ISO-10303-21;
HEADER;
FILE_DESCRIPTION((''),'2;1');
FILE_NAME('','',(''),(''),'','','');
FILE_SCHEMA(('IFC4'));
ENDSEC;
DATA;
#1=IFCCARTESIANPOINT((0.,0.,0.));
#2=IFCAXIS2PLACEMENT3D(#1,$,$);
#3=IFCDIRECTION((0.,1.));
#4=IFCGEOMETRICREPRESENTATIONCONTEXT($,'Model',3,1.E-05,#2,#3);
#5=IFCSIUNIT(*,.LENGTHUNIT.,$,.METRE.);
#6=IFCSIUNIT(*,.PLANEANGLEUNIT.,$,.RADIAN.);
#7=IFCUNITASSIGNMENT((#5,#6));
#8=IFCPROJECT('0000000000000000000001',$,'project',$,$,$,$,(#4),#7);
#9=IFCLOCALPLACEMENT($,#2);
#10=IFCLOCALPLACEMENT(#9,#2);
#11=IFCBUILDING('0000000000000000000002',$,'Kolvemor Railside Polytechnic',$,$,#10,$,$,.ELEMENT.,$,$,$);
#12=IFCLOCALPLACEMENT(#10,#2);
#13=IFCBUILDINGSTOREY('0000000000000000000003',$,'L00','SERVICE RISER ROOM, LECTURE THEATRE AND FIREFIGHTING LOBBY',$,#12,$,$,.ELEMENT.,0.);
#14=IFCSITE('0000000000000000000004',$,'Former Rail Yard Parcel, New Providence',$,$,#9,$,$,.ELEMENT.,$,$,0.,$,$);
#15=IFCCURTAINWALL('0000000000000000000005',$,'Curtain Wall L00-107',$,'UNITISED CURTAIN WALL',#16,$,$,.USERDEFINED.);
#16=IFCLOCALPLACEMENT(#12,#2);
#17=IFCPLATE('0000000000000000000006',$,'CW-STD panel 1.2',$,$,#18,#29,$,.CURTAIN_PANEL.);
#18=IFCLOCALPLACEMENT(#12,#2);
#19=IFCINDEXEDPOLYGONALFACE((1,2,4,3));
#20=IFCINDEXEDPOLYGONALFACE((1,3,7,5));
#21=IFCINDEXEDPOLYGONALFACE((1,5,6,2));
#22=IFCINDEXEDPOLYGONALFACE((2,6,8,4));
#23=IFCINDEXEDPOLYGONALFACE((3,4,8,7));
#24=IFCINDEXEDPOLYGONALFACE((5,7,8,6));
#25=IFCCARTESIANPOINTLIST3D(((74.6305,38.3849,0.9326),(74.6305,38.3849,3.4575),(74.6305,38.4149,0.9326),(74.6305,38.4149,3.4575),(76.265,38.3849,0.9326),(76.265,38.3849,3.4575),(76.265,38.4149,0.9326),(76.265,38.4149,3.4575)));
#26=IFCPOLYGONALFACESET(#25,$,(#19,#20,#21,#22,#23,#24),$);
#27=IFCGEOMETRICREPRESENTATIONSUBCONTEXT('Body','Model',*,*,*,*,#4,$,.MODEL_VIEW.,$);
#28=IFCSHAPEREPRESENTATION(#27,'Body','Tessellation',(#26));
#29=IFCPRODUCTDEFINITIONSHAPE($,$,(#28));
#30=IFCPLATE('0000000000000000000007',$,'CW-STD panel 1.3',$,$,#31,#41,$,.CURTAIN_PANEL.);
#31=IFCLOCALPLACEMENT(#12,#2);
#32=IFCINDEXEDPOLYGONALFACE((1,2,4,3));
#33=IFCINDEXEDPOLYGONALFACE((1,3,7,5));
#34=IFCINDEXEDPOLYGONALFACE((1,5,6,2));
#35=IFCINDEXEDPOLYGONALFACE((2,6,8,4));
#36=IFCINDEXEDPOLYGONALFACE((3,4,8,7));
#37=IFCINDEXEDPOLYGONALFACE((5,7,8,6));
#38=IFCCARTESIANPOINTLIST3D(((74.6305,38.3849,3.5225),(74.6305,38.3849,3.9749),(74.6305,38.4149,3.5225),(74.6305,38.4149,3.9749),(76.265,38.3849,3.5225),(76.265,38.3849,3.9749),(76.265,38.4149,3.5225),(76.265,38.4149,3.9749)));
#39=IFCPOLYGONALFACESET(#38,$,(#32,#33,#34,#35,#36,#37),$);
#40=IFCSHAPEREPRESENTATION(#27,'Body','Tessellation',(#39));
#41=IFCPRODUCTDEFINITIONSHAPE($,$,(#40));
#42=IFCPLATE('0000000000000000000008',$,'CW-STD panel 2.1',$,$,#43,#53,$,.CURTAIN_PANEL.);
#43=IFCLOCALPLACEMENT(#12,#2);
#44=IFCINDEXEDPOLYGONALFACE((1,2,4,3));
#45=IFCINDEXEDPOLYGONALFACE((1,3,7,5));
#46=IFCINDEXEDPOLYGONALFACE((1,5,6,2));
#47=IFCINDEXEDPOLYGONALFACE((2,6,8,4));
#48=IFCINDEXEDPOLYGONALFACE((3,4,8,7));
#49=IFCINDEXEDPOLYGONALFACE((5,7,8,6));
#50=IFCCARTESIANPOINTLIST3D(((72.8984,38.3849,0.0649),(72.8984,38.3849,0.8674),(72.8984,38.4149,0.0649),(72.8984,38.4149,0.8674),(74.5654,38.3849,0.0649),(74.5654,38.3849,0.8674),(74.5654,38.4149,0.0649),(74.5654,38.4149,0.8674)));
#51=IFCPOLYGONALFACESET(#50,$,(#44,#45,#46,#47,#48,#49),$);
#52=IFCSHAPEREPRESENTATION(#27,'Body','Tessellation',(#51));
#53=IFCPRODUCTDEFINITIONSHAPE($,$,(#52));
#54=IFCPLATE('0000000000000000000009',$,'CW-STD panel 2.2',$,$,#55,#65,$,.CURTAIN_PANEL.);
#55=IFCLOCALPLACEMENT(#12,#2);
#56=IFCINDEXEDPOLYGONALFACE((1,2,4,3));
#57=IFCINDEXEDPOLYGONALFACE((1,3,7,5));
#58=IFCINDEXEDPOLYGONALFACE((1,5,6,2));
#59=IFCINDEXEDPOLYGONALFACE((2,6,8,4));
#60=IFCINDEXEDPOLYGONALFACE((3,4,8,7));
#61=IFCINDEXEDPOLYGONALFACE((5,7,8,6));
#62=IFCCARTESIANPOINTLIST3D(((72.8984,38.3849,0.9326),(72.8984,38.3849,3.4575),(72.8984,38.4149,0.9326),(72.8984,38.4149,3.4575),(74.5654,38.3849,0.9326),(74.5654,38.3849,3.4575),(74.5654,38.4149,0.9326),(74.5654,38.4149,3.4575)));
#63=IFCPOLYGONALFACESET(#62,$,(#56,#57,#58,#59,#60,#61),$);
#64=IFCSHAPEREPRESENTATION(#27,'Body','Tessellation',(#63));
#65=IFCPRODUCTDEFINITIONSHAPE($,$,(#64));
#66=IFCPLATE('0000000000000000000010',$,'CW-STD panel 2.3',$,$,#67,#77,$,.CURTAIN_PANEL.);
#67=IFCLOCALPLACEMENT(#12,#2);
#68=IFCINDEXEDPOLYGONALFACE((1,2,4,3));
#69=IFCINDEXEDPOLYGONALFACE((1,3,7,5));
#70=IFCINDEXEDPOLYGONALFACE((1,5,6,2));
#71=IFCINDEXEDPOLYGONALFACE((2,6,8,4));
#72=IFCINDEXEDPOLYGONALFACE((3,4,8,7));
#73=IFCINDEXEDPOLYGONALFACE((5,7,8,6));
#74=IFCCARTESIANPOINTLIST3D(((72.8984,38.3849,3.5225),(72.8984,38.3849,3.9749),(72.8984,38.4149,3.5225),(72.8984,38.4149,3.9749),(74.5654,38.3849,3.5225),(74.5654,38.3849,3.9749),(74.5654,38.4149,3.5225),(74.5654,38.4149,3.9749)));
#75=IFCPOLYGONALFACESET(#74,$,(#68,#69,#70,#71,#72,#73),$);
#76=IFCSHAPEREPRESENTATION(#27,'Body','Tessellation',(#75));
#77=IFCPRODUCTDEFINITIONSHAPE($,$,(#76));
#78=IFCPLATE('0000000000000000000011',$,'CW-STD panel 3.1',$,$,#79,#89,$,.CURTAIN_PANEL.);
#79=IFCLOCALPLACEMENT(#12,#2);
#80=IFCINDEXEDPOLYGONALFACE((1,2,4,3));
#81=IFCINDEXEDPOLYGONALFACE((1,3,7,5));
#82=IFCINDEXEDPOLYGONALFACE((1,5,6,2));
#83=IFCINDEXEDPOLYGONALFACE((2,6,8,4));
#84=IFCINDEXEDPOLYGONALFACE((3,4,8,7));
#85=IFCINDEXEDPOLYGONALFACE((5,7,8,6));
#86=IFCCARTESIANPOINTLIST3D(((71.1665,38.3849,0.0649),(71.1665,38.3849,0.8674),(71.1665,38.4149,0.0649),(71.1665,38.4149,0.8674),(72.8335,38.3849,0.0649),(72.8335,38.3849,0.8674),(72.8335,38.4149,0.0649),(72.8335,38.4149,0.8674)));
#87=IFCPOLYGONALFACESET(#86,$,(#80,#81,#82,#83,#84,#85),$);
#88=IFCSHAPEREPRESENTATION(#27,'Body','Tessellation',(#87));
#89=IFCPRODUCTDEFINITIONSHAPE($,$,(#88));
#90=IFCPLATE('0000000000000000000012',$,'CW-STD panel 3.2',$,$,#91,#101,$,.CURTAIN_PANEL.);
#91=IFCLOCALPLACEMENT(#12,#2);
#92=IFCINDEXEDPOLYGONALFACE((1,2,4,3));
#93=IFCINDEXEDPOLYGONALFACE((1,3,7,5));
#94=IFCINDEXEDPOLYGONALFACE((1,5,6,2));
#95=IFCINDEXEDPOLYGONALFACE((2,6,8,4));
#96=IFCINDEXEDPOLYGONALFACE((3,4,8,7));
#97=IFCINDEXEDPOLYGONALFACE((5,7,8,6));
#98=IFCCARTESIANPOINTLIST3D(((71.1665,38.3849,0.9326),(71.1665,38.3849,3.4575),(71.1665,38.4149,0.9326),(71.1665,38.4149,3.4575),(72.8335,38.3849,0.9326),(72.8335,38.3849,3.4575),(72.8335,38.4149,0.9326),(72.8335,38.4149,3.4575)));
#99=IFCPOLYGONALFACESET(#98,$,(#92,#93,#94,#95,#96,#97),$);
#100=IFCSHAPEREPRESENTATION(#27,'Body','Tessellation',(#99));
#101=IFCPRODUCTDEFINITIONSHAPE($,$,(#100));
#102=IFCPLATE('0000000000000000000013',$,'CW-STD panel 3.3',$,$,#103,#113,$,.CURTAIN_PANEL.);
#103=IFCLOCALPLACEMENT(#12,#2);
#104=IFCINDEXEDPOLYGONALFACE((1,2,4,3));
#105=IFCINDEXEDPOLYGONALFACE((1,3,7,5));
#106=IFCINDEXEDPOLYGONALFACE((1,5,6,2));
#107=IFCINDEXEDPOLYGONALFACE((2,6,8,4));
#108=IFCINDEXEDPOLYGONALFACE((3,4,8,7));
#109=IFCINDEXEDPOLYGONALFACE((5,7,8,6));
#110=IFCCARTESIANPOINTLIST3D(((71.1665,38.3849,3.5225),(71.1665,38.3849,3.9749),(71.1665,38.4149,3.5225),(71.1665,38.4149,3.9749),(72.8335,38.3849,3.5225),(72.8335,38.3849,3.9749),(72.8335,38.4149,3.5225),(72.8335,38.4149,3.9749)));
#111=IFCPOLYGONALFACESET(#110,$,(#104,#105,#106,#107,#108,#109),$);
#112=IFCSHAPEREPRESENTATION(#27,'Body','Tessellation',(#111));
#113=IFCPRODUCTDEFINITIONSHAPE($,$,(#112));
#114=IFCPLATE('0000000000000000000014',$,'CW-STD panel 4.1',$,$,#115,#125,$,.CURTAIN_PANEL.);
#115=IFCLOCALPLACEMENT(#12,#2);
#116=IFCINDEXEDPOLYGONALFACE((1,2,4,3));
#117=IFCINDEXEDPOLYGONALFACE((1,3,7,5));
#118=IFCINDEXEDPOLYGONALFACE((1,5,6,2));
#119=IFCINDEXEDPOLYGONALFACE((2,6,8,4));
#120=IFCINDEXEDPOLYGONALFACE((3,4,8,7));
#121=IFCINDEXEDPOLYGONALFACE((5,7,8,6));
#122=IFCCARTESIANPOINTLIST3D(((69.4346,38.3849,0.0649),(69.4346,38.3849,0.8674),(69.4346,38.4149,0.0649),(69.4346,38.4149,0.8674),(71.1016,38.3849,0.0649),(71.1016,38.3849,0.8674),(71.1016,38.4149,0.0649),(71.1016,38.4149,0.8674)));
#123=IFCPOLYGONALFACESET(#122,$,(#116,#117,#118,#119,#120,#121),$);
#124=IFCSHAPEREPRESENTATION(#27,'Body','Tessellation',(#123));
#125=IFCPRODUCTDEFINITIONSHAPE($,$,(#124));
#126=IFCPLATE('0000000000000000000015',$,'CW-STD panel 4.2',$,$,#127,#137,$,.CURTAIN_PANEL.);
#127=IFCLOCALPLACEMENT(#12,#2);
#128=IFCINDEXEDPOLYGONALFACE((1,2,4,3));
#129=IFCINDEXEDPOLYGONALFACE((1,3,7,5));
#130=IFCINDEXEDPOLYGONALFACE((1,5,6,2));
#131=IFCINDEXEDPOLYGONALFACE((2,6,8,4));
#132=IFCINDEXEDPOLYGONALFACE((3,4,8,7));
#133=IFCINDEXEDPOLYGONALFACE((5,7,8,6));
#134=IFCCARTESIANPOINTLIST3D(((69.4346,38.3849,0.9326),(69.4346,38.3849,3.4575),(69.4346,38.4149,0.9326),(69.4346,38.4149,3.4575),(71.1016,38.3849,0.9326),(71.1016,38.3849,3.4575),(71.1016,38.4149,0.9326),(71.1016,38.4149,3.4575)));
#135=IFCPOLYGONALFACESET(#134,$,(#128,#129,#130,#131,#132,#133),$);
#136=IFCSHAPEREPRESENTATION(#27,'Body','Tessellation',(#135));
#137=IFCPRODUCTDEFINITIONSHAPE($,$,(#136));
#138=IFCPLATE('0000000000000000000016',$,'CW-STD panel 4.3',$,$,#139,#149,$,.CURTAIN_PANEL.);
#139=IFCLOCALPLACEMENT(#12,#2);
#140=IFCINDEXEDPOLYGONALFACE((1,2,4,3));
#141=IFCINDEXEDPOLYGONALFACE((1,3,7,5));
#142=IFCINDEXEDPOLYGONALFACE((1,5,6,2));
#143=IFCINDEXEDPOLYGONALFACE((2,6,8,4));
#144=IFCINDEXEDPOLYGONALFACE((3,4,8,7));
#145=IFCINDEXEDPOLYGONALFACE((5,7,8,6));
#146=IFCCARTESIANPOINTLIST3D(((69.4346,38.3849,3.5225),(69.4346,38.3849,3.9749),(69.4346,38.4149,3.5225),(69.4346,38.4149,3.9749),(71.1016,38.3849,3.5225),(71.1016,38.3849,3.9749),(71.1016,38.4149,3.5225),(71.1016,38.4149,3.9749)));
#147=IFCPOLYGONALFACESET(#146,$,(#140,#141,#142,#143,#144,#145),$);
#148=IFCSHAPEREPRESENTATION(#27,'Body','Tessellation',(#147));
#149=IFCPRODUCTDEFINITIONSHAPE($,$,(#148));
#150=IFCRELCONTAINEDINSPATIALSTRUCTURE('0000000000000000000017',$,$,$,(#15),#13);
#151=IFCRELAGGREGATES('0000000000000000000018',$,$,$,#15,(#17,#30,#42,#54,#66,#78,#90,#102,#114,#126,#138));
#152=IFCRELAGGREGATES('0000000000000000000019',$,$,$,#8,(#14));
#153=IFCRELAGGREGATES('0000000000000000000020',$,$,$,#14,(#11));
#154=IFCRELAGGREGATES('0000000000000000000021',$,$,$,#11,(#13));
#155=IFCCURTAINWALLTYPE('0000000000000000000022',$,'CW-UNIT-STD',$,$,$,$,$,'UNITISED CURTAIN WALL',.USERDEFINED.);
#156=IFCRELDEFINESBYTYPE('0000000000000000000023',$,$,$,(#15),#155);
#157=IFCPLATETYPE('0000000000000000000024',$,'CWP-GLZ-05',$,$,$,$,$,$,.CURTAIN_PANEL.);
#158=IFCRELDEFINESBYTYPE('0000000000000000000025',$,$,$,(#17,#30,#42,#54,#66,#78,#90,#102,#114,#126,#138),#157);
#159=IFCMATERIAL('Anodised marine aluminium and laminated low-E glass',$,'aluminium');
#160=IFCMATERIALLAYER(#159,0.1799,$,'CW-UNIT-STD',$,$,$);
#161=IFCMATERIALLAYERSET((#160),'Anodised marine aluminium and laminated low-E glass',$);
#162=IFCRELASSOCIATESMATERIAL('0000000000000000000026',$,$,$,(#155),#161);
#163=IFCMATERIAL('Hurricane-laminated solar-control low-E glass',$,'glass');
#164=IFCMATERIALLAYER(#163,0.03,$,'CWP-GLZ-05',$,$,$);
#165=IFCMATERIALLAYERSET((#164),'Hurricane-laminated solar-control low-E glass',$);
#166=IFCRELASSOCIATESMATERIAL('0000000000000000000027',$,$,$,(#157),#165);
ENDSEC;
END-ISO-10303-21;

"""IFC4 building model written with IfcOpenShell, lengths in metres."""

from ifc_helpers import new_model, si_unit, direction, frame, origin, origin_2d, place, context, subcontext, project, spatial, rectangle, extrude, material, layer, layer_set, type_object, element, aggregate, save


model = new_model("IFC4")

# Units and contexts
model_context = context("Model", 3, precision=1e-05, world=origin(), true_north=direction((0.0, 1.0)))
body_context = subcontext(model_context, "Body", "Model", "MODEL_VIEW")
ifc_project = project(units=[si_unit("LENGTHUNIT", "METRE"), si_unit("PLANEANGLEUNIT", "RADIAN")], contexts=[model_context])

# Site, building, storey
site_placement = place(None, origin())
site = spatial("IfcSite", under=ifc_project, at=site_placement, Name="Former Rail Yard Parcel, New Providence", CompositionType="ELEMENT", RefElevation=0.0)
building_placement = place(site_placement, origin())
building = spatial("IfcBuilding", under=site, at=building_placement, Name="Kolvemor Railside Polytechnic", CompositionType="ELEMENT")
storey_placement = place(building_placement, origin())
storey = spatial("IfcBuildingStorey", under=building, at=storey_placement, Name="L00", Description="SERVICE RISER ROOM, LECTURE THEATRE AND FIREFIGHTING LOBBY", CompositionType="ELEMENT", Elevation=0.0)

# Curtain wall, plates
ifc_material_1 = material(Name="Anodised marine aluminium and laminated low-E glass", Category="aluminium")
ifc_layer_1 = layer(ifc_material_1, 0.1799, Name="CW-UNIT-STD")
ifc_layer_set_1 = layer_set([ifc_layer_1], Name="Anodised marine aluminium and laminated low-E glass")
curtain_wall_type = type_object("IfcCurtainWallType", Name="CW-UNIT-STD", ElementType="UNITISED CURTAIN WALL", PredefinedType="USERDEFINED", material=ifc_layer_set_1)
curtain_wall_placement = place(storey_placement, origin())
curtain_wall = element("IfcCurtainWall", 1, at=curtain_wall_placement, inside=storey, type_object=curtain_wall_type, Name="Curtain Wall L00-107", ObjectType="UNITISED CURTAIN WALL", PredefinedType="USERDEFINED")
ifc_material_2 = material(Name="Hurricane-laminated solar-control low-E glass", Category="glass")
ifc_layer_2 = layer(ifc_material_2, 0.03, Name="CWP-GLZ-05")
ifc_layer_set_2 = layer_set([ifc_layer_2], Name="Hurricane-laminated solar-control low-E glass")
plate_type = type_object("IfcPlateType", Name="CWP-GLZ-05", PredefinedType="CURTAIN_PANEL", material=ifc_layer_set_2)
plate_1_placement = place(storey_placement, frame((75.4478, 38.3999, 0.9326), z_axis=(0.0, 0.0, 1.0), x_axis=(-1.0, 0.0, 0.0)))
plate_1 = element("IfcPlate", 2, at=plate_1_placement, type_object=plate_type, Name="CW-STD panel 1.2", PredefinedType="CURTAIN_PANEL", context=body_context, shape_type="SweptSolid", body=[
    extrude(rectangle(XDim=1.6345, YDim=0.03, at=origin_2d()), origin(), (0.0, 0.0, 1.0), 2.5249),
])
plate_2_placement = place(storey_placement, frame((75.4478, 38.3999, 3.5225), z_axis=(0.0, 0.0, 1.0), x_axis=(-1.0, 0.0, 0.0)))
plate_2 = element("IfcPlate", 3, at=plate_2_placement, type_object=plate_type, Name="CW-STD panel 1.3", PredefinedType="CURTAIN_PANEL", context=body_context, shape_type="SweptSolid", body=[
    extrude(rectangle(XDim=1.6345, YDim=0.03, at=origin_2d()), origin(), (0.0, 0.0, 1.0), 0.4524),
])
plate_3_placement = place(storey_placement, frame((73.7319, 38.3999, 0.0649), z_axis=(0.0, 0.0, 1.0), x_axis=(-1.0, 0.0, 0.0)))
plate_3 = element("IfcPlate", 4, at=plate_3_placement, type_object=plate_type, Name="CW-STD panel 2.1", PredefinedType="CURTAIN_PANEL", context=body_context, shape_type="SweptSolid", body=[
    extrude(rectangle(XDim=1.667, YDim=0.03, at=origin_2d()), origin(), (0.0, 0.0, 1.0), 0.8025),
])
plate_4_placement = place(storey_placement, frame((73.7319, 38.3999, 0.9326), z_axis=(0.0, 0.0, 1.0), x_axis=(-1.0, 0.0, 0.0)))
plate_4 = element("IfcPlate", 5, at=plate_4_placement, type_object=plate_type, Name="CW-STD panel 2.2", PredefinedType="CURTAIN_PANEL", context=body_context, shape_type="SweptSolid", body=[
    extrude(rectangle(XDim=1.667, YDim=0.03, at=origin_2d()), origin(), (0.0, 0.0, 1.0), 2.5249),
])
plate_5_placement = place(storey_placement, frame((73.7319, 38.3999, 3.5225), z_axis=(0.0, 0.0, 1.0), x_axis=(-1.0, 0.0, 0.0)))
plate_5 = element("IfcPlate", 6, at=plate_5_placement, type_object=plate_type, Name="CW-STD panel 2.3", PredefinedType="CURTAIN_PANEL", context=body_context, shape_type="SweptSolid", body=[
    extrude(rectangle(XDim=1.667, YDim=0.03, at=origin_2d()), origin(), (0.0, 0.0, 1.0), 0.4524),
])
plate_6_placement = place(storey_placement, frame((72.0, 38.3999, 0.0649), z_axis=(0.0, 0.0, 1.0), x_axis=(-1.0, 0.0, 0.0)))
plate_6 = element("IfcPlate", 7, at=plate_6_placement, type_object=plate_type, Name="CW-STD panel 3.1", PredefinedType="CURTAIN_PANEL", context=body_context, shape_type="SweptSolid", body=[
    extrude(rectangle(XDim=1.667, YDim=0.03, at=origin_2d()), origin(), (0.0, 0.0, 1.0), 0.8025),
])
plate_7_placement = place(storey_placement, frame((72.0, 38.3999, 0.9326), z_axis=(0.0, 0.0, 1.0), x_axis=(-1.0, 0.0, 0.0)))
plate_7 = element("IfcPlate", 8, at=plate_7_placement, type_object=plate_type, Name="CW-STD panel 3.2", PredefinedType="CURTAIN_PANEL", context=body_context, shape_type="SweptSolid", body=[
    extrude(rectangle(XDim=1.667, YDim=0.03, at=origin_2d()), origin(), (0.0, 0.0, 1.0), 2.5249),
])
plate_8_placement = place(storey_placement, frame((72.0, 38.3999, 3.5225), z_axis=(0.0, 0.0, 1.0), x_axis=(-1.0, 0.0, 0.0)))
plate_8 = element("IfcPlate", 9, at=plate_8_placement, type_object=plate_type, Name="CW-STD panel 3.3", PredefinedType="CURTAIN_PANEL", context=body_context, shape_type="SweptSolid", body=[
    extrude(rectangle(XDim=1.667, YDim=0.03, at=origin_2d()), origin(), (0.0, 0.0, 1.0), 0.4524),
])
plate_9_placement = place(storey_placement, frame((70.2681, 38.3999, 0.0649), z_axis=(0.0, 0.0, 1.0), x_axis=(-1.0, 0.0, 0.0)))
plate_9 = element("IfcPlate", 10, at=plate_9_placement, type_object=plate_type, Name="CW-STD panel 4.1", PredefinedType="CURTAIN_PANEL", context=body_context, shape_type="SweptSolid", body=[
    extrude(rectangle(XDim=1.667, YDim=0.03, at=origin_2d()), origin(), (0.0, 0.0, 1.0), 0.8025),
])
plate_10_placement = place(storey_placement, frame((70.2681, 38.3999, 0.9326), z_axis=(0.0, 0.0, 1.0), x_axis=(-1.0, 0.0, 0.0)))
plate_10 = element("IfcPlate", 11, at=plate_10_placement, type_object=plate_type, Name="CW-STD panel 4.2", PredefinedType="CURTAIN_PANEL", context=body_context, shape_type="SweptSolid", body=[
    extrude(rectangle(XDim=1.667, YDim=0.03, at=origin_2d()), origin(), (0.0, 0.0, 1.0), 2.5249),
])
plate_11_placement = place(storey_placement, frame((70.2681, 38.3999, 3.5225), z_axis=(0.0, 0.0, 1.0), x_axis=(-1.0, 0.0, 0.0)))
plate_11 = element("IfcPlate", 12, at=plate_11_placement, type_object=plate_type, Name="CW-STD panel 4.3", PredefinedType="CURTAIN_PANEL", context=body_context, shape_type="SweptSolid", body=[
    extrude(rectangle(XDim=1.667, YDim=0.03, at=origin_2d()), origin(), (0.0, 0.0, 1.0), 0.4524),
])
aggregate(curtain_wall, [plate_1, plate_2, plate_3, plate_4, plate_5, plate_6, plate_7, plate_8, plate_9, plate_10, plate_11])

save(model, "model.ifc")
